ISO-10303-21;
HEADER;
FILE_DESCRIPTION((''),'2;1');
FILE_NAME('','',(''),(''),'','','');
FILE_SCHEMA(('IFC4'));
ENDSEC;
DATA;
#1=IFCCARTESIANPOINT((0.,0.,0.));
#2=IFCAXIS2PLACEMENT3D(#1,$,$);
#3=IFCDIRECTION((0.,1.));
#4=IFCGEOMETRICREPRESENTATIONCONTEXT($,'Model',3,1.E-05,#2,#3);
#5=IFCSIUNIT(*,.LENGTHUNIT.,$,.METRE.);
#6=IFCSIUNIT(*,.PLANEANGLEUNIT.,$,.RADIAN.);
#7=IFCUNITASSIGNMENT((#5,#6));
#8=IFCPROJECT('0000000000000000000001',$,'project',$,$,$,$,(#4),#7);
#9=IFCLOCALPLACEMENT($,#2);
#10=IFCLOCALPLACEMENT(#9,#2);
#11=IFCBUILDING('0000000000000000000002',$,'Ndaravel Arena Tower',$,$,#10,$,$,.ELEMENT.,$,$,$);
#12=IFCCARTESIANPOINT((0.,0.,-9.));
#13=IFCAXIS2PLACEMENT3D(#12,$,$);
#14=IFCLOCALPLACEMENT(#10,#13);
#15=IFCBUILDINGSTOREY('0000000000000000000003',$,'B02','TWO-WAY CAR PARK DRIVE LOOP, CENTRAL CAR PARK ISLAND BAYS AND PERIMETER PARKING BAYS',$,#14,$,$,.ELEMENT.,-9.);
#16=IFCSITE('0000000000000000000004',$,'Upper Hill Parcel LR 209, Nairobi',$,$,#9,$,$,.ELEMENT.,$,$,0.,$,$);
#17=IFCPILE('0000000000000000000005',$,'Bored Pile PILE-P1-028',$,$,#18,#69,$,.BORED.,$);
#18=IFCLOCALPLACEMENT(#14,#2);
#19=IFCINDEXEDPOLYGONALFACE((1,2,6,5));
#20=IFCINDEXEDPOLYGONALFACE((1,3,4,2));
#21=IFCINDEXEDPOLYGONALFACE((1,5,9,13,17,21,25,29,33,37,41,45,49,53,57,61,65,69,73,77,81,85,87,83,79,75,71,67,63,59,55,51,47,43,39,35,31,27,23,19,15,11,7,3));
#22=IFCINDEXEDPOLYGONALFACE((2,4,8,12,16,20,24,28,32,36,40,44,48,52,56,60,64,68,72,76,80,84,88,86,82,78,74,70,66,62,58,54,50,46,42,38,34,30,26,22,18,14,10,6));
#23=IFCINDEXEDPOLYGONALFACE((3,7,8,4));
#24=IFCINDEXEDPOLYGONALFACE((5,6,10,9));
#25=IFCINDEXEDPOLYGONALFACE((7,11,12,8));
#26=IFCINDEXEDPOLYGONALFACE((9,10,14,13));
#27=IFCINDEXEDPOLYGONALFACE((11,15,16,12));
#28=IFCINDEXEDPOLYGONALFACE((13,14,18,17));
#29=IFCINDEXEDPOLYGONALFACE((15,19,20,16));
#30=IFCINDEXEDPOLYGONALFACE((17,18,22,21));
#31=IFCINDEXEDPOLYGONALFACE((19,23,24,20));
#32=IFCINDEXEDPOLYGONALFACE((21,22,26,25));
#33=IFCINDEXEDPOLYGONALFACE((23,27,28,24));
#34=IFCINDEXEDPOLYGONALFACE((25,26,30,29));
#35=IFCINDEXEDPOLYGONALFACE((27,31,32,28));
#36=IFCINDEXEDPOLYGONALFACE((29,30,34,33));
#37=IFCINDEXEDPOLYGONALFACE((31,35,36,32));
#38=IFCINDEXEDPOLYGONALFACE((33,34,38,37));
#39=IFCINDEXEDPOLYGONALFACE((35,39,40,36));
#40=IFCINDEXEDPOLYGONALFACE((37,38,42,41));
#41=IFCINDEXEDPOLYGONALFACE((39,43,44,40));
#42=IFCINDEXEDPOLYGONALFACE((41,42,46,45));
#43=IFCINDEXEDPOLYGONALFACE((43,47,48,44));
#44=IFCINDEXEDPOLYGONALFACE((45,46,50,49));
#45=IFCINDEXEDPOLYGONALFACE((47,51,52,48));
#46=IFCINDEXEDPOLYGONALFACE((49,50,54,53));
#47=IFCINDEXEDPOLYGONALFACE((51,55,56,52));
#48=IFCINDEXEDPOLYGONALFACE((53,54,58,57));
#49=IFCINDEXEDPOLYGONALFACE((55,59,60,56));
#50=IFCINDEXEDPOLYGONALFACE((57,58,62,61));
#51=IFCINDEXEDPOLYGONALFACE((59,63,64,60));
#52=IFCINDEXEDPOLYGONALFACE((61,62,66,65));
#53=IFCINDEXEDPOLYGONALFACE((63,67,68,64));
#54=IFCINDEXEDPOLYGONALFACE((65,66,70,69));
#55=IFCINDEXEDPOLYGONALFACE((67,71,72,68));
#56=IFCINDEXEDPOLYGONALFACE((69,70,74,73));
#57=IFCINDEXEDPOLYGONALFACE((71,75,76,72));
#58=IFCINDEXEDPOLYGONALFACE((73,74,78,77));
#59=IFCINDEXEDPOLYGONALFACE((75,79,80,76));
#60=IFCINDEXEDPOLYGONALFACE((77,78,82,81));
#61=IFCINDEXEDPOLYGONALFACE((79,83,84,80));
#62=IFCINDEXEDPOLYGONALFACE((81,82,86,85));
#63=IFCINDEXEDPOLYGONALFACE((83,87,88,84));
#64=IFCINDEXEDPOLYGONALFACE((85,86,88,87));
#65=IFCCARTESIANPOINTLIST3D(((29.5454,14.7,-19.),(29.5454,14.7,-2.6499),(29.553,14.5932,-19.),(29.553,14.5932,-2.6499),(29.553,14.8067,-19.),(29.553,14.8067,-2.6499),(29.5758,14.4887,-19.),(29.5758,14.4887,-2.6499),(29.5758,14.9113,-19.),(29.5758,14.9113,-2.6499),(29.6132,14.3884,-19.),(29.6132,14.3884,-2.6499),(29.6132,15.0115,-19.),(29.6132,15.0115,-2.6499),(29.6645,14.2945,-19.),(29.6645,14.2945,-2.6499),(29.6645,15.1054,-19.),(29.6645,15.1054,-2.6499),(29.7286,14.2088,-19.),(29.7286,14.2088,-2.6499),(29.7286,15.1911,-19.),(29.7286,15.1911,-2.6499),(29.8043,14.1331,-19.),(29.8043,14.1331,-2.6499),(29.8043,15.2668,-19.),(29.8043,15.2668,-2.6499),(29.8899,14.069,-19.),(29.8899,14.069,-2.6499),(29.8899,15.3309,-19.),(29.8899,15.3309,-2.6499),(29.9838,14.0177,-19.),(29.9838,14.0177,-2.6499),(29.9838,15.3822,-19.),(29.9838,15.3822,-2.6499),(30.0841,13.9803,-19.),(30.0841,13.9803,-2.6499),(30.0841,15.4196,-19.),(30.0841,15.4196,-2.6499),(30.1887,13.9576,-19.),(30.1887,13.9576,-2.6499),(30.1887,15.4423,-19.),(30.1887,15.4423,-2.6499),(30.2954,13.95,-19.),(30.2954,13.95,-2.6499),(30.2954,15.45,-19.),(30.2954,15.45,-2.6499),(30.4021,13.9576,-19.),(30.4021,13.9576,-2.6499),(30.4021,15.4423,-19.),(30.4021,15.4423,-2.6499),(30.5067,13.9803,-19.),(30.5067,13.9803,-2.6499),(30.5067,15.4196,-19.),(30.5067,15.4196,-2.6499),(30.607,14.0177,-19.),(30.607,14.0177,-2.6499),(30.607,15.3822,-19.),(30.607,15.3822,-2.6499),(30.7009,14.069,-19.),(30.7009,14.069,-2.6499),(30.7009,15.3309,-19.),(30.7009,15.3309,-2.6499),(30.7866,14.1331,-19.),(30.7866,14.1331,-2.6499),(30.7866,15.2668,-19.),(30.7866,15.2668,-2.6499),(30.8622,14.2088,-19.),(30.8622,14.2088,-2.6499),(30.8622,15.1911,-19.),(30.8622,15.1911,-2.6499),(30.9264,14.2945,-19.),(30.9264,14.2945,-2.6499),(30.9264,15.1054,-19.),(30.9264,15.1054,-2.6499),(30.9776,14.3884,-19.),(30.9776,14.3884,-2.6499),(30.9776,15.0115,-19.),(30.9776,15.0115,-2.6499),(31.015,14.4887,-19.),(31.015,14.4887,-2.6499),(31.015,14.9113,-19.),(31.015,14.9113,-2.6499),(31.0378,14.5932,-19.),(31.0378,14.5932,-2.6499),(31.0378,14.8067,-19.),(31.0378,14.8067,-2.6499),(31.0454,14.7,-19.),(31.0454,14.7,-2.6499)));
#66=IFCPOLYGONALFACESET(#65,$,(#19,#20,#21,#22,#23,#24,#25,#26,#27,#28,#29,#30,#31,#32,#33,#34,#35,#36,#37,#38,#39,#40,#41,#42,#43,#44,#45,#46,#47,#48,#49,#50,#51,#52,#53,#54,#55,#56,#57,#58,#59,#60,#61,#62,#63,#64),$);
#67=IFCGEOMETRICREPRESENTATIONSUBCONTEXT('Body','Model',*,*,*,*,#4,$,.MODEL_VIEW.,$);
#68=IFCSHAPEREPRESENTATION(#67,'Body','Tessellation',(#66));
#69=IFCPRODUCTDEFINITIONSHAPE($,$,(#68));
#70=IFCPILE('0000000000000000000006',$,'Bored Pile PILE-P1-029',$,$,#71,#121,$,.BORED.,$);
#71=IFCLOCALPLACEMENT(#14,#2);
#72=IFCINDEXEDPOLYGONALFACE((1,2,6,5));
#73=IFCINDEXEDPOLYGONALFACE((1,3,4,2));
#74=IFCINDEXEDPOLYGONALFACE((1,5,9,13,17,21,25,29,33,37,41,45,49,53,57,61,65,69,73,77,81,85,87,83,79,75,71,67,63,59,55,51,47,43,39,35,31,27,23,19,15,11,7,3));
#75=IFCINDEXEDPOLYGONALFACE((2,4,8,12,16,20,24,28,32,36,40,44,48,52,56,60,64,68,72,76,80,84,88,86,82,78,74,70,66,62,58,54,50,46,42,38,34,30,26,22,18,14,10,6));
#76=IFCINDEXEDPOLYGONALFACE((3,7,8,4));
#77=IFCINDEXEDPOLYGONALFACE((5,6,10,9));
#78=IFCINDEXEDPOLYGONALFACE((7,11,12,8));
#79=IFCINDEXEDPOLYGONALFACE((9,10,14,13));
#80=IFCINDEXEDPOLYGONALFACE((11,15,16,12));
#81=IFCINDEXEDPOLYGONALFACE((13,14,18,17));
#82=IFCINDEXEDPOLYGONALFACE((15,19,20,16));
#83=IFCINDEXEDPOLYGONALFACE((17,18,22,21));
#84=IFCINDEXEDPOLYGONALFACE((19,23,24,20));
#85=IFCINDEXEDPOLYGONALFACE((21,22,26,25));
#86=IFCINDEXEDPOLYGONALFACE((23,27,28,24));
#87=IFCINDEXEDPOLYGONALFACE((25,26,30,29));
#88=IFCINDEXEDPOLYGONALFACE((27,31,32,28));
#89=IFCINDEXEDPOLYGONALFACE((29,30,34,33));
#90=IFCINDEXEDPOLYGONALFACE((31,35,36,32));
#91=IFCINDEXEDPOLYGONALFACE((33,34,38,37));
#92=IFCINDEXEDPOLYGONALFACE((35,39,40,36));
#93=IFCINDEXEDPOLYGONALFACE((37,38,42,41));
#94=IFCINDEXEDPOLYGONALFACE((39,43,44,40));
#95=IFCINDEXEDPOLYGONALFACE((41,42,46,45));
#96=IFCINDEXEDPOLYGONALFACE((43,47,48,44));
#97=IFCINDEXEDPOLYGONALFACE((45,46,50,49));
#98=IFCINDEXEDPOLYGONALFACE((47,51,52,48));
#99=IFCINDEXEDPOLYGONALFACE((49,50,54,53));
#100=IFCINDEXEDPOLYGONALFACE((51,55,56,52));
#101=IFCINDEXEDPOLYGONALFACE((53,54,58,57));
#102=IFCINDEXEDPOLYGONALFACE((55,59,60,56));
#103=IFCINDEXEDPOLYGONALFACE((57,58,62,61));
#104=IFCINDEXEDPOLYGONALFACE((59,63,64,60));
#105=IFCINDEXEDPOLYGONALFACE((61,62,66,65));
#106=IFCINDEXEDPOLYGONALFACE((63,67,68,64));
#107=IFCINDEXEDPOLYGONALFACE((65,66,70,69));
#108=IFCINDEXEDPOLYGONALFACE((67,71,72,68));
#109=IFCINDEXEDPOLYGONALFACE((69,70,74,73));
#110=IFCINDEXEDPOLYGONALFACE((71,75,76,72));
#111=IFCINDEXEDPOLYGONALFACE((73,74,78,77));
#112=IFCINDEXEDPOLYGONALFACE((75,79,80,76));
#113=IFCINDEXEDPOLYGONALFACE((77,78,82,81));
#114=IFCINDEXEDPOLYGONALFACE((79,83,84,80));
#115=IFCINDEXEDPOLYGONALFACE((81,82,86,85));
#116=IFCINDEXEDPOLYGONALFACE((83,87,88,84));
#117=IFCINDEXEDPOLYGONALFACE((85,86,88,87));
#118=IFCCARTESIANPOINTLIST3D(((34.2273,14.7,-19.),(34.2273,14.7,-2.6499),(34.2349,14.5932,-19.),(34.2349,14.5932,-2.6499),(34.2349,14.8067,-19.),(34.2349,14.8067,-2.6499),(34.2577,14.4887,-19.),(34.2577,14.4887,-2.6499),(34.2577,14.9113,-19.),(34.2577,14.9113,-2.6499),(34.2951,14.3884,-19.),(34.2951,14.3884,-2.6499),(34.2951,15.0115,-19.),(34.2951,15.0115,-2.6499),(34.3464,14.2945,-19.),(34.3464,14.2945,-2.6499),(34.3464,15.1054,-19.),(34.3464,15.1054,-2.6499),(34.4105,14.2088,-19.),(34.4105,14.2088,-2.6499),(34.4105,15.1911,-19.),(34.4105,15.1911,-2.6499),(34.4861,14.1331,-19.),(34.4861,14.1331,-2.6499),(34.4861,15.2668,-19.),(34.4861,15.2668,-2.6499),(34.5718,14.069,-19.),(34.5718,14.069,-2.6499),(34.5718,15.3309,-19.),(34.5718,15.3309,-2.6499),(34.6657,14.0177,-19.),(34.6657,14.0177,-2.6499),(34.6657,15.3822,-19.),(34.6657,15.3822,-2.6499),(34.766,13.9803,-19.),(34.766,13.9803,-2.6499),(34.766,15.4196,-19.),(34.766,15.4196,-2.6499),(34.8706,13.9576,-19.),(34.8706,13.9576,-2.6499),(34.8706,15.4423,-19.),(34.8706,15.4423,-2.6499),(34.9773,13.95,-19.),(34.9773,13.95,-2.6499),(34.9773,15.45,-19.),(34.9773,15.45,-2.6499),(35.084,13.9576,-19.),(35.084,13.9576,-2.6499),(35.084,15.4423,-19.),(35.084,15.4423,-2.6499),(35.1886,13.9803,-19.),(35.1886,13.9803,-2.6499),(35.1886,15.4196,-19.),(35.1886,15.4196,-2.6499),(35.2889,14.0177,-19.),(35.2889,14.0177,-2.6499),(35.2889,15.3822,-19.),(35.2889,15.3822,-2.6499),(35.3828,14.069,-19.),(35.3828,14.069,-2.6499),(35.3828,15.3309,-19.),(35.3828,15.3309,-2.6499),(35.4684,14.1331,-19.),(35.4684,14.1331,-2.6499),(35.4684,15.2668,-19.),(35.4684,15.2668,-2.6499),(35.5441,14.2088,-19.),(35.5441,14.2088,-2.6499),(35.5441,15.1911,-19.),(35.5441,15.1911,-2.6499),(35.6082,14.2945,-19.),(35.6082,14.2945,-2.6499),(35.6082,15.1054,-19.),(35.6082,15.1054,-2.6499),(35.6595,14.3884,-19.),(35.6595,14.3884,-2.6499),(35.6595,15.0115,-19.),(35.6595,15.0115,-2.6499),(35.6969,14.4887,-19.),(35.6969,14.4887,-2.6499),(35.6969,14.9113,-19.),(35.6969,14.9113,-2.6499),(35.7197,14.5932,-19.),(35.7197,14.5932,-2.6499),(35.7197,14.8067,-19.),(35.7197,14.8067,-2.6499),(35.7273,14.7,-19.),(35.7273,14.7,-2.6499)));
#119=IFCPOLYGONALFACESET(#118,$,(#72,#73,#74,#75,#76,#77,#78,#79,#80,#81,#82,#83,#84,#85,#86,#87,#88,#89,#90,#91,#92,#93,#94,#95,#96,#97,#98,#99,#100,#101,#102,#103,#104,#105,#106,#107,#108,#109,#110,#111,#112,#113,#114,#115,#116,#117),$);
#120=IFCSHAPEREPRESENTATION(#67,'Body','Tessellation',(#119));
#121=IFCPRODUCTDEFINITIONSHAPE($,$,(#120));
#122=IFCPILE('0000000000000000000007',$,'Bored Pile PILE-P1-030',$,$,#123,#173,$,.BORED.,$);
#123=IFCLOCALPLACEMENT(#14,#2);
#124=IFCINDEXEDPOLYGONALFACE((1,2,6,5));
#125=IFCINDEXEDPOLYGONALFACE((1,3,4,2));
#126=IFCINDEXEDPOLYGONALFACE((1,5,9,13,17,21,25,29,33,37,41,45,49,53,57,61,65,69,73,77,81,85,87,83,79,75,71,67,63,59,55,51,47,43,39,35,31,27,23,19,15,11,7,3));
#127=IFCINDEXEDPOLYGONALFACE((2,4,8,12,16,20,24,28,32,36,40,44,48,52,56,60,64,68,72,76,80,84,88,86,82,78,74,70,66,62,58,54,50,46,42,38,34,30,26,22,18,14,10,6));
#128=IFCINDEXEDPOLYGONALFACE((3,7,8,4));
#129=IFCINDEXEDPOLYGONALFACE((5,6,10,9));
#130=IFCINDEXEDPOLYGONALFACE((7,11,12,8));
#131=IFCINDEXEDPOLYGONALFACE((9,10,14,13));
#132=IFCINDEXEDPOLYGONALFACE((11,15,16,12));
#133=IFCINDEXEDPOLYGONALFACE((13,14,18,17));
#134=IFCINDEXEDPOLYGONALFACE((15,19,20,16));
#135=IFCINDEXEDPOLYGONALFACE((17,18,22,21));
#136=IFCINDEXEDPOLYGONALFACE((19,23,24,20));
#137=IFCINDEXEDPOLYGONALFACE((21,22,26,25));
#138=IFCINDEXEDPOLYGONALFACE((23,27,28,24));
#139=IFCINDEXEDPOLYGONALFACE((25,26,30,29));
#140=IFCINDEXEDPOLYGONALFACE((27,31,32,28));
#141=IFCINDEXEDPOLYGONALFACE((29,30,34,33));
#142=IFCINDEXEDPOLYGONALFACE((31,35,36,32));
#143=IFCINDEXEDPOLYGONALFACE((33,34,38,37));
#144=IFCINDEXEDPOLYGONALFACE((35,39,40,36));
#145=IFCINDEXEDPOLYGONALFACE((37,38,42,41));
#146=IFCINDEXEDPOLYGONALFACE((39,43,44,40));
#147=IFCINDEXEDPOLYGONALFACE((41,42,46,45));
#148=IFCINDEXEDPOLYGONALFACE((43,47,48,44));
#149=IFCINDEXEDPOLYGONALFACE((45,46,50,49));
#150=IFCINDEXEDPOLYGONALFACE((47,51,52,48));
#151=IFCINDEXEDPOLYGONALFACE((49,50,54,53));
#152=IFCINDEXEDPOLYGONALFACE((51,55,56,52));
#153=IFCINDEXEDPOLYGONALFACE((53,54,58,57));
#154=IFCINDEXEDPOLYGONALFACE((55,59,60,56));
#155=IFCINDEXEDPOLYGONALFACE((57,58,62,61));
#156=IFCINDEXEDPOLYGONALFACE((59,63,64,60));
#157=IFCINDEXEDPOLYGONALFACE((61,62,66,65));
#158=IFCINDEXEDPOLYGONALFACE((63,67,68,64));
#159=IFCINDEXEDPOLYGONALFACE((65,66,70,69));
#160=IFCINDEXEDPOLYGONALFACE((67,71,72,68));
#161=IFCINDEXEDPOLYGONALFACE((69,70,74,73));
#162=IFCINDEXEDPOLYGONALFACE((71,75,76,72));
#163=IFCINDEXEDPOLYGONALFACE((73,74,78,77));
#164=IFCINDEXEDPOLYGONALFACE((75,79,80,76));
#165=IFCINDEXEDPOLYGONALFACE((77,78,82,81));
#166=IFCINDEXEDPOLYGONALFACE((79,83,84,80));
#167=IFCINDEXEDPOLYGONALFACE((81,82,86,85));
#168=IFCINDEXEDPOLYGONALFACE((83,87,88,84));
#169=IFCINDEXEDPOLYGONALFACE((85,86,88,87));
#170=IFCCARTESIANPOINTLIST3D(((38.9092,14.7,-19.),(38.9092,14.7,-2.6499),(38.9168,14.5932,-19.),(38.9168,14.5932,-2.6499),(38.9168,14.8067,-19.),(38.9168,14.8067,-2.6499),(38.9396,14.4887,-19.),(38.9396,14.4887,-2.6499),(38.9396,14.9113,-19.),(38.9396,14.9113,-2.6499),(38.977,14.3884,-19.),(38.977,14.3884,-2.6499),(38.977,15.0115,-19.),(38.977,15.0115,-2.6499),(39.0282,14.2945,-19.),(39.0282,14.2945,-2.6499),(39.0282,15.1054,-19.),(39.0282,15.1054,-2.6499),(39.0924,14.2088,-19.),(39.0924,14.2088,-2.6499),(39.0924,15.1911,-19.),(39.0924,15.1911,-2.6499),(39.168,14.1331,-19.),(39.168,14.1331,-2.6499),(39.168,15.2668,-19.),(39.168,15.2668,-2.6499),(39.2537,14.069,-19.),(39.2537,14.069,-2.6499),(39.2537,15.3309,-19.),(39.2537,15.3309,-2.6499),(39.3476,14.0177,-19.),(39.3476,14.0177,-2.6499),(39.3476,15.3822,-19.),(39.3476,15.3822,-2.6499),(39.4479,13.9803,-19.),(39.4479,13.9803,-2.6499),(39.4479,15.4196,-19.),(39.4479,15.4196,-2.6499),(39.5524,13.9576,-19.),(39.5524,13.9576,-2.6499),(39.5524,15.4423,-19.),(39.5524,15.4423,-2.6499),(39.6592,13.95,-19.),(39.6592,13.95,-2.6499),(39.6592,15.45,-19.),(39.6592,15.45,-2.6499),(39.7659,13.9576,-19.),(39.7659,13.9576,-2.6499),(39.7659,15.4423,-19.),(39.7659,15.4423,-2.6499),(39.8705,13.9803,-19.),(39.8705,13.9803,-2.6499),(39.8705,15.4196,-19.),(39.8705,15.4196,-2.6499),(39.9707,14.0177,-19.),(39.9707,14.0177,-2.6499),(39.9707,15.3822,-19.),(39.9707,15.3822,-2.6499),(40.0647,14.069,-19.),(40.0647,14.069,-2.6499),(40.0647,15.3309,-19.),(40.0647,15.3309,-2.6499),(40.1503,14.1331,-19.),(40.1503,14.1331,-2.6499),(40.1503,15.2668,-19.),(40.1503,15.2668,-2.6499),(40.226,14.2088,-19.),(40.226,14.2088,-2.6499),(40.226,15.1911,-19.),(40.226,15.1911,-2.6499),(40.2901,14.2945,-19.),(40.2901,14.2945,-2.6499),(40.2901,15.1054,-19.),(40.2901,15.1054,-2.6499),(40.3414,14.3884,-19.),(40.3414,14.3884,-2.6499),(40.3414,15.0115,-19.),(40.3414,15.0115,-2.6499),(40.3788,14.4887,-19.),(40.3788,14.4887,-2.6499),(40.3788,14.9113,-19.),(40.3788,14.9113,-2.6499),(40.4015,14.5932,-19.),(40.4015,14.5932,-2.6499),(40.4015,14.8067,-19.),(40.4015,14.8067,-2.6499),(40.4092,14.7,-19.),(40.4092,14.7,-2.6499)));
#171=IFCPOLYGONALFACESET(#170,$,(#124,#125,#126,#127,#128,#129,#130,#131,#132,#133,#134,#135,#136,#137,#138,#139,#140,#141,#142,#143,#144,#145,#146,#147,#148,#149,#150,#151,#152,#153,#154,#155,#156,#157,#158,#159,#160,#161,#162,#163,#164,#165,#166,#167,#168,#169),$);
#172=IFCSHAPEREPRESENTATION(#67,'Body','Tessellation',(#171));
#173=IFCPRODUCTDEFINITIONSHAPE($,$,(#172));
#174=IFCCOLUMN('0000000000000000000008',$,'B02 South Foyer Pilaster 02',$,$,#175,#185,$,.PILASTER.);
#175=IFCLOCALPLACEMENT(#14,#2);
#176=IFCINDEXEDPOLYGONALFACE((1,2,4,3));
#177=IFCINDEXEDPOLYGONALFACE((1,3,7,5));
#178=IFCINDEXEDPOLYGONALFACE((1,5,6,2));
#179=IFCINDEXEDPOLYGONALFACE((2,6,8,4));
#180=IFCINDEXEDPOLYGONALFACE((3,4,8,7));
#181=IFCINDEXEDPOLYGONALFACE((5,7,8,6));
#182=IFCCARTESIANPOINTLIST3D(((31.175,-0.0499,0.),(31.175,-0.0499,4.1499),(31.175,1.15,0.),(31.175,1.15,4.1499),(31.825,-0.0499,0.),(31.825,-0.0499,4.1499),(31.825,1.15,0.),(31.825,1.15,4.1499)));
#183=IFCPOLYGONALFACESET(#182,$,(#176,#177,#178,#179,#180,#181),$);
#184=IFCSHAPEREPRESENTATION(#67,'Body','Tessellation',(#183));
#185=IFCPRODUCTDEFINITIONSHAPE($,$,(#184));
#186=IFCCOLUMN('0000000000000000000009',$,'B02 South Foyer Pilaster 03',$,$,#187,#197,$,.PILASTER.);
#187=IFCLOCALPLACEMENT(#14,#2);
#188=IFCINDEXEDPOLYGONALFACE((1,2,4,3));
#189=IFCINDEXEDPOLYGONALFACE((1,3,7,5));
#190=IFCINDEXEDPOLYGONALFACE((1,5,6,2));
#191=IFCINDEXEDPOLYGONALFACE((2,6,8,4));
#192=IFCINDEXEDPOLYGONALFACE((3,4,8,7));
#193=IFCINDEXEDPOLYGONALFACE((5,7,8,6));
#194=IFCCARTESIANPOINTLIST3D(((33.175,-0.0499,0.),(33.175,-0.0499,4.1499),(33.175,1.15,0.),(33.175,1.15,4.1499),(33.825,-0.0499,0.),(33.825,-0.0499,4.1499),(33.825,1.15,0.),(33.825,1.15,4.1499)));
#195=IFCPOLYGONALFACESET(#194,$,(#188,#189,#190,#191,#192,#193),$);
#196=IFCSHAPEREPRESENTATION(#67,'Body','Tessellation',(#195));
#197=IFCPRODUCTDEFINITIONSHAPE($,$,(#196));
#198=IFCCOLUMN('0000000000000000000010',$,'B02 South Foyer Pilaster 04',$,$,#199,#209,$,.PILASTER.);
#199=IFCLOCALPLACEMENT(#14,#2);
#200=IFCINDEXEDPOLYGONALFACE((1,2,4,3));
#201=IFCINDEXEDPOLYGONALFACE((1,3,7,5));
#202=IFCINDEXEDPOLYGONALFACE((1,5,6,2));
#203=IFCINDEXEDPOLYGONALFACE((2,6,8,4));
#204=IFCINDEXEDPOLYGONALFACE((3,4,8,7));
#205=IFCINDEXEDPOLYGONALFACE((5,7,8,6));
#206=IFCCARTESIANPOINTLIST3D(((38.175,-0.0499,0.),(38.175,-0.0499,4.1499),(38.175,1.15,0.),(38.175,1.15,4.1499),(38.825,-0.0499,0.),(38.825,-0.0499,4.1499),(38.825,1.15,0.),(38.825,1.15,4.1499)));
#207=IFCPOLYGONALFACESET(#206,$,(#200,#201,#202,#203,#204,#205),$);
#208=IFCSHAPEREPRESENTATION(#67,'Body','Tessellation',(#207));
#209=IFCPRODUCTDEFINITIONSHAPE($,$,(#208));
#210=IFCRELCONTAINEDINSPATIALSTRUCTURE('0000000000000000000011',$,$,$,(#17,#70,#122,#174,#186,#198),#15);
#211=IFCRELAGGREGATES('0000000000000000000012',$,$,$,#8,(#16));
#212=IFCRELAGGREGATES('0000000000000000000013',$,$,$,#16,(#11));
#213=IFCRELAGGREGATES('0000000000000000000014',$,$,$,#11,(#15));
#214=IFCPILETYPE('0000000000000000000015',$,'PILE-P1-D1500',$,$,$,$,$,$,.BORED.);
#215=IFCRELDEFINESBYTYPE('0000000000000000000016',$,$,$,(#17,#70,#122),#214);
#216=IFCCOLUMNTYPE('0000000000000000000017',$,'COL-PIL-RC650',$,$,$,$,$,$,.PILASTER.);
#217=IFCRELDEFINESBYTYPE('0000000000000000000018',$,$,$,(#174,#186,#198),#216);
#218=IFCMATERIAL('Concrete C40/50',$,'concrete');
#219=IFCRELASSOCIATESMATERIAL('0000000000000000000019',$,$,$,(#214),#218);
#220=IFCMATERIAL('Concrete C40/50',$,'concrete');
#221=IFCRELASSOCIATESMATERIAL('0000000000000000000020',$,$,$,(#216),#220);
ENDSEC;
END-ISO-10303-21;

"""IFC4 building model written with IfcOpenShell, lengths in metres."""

from ifc_helpers import new_model, si_unit, direction, frame, origin, origin_2d, place, context, subcontext, project, spatial, rectangle, circle, extrude, material, material_profile, profile_set, type_object, element, save


model = new_model("IFC4")

# Units and contexts
model_context = context("Model", 3, precision=1e-05, world=origin(), true_north=direction((0.0, 1.0)))
body_context = subcontext(model_context, "Body", "Model", "MODEL_VIEW")
ifc_project = project(units=[si_unit("LENGTHUNIT", "METRE"), si_unit("PLANEANGLEUNIT", "RADIAN")], contexts=[model_context])

# Site, building, storey
site_placement = place(None, origin())
site = spatial("IfcSite", under=ifc_project, at=site_placement, Name="Upper Hill Parcel LR 209, Nairobi", CompositionType="ELEMENT", RefElevation=0.0)
building_placement = place(site_placement, origin())
building = spatial("IfcBuilding", under=site, at=building_placement, Name="Ndaravel Arena Tower", CompositionType="ELEMENT")
storey_placement = place(building_placement, frame((0.0, 0.0, -9.0)))
storey = spatial("IfcBuildingStorey", under=building, at=storey_placement, Name="B02", Description="TWO-WAY CAR PARK DRIVE LOOP, CENTRAL CAR PARK ISLAND BAYS AND PERIMETER PARKING BAYS", CompositionType="ELEMENT", Elevation=-9.0)

# Piles
ifc_material_1 = material(Name="Concrete C40/50", Category="concrete")
ifc_material_profile_1 = material_profile(ifc_material_1, circle(Radius=0.75, at=origin_2d()), Name="BORED PILE D1500")
ifc_profile_set_1 = profile_set([ifc_material_profile_1], Name="Concrete C40/50")
pile_type = type_object("IfcPileType", Name="PILE-P1-D1500", PredefinedType="BORED", material=ifc_profile_set_1)
for number, where, z_axis, x_axis, name in (
    (1, (30.2954, 14.7, -2.6499), (0.0, 0.0, -1.0), (1.0, 0.0, 0.0), "Bored Pile PILE-P1-028"),
    (2, (34.9773, 14.7, -2.6499), (0.0, 0.0, -1.0), (1.0, 0.0, 0.0), "Bored Pile PILE-P1-029"),
    (3, (39.6592, 14.7, -2.6499), (0.0, 0.0, -1.0), (1.0, 0.0, 0.0), "Bored Pile PILE-P1-030"),
):
    element("IfcPile", number, at=place(storey_placement, frame(where, z_axis=z_axis, x_axis=x_axis)), inside=storey, type_object=pile_type, Name=name, PredefinedType="BORED", context=body_context, shape_type="SweptSolid", body=[
        extrude(circle(Radius=0.75, at=origin_2d()), origin(), (0.0, 0.0, 1.0), 16.3501),
    ])

# Columns
ifc_material_2 = material(Name="Concrete C40/50", Category="concrete")
ifc_material_profile_2 = material_profile(ifc_material_2, rectangle(XDim=0.6499, YDim=1.2, at=origin_2d()), Name="RC 650x1200")
ifc_profile_set_2 = profile_set([ifc_material_profile_2], Name="Concrete C40/50")
column_type = type_object("IfcColumnType", Name="COL-PIL-RC650", PredefinedType="PILASTER", material=ifc_profile_set_2)
for number, where, z_axis, x_axis, name in (
    (4, (31.5, 0.55, 0.0), (0.0, 0.0, 1.0), (1.0, 0.0, 0.0), "B02 South Foyer Pilaster 02"),
    (5, (33.5, 0.55, 0.0), (0.0, 0.0, 1.0), (1.0, 0.0, 0.0), "B02 South Foyer Pilaster 03"),
    (6, (38.5, 0.55, 0.0), (0.0, 0.0, 1.0), (1.0, 0.0, 0.0), "B02 South Foyer Pilaster 04"),
):
    element("IfcColumn", number, at=place(storey_placement, frame(where, z_axis=z_axis, x_axis=x_axis)), inside=storey, type_object=column_type, Name=name, PredefinedType="PILASTER", context=body_context, shape_type="SweptSolid", body=[
        extrude(rectangle(XDim=0.6499, YDim=1.2, at=origin_2d()), origin(), (0.0, 0.0, 1.0), 4.1499),
    ])

save(model, "model.ifc")
